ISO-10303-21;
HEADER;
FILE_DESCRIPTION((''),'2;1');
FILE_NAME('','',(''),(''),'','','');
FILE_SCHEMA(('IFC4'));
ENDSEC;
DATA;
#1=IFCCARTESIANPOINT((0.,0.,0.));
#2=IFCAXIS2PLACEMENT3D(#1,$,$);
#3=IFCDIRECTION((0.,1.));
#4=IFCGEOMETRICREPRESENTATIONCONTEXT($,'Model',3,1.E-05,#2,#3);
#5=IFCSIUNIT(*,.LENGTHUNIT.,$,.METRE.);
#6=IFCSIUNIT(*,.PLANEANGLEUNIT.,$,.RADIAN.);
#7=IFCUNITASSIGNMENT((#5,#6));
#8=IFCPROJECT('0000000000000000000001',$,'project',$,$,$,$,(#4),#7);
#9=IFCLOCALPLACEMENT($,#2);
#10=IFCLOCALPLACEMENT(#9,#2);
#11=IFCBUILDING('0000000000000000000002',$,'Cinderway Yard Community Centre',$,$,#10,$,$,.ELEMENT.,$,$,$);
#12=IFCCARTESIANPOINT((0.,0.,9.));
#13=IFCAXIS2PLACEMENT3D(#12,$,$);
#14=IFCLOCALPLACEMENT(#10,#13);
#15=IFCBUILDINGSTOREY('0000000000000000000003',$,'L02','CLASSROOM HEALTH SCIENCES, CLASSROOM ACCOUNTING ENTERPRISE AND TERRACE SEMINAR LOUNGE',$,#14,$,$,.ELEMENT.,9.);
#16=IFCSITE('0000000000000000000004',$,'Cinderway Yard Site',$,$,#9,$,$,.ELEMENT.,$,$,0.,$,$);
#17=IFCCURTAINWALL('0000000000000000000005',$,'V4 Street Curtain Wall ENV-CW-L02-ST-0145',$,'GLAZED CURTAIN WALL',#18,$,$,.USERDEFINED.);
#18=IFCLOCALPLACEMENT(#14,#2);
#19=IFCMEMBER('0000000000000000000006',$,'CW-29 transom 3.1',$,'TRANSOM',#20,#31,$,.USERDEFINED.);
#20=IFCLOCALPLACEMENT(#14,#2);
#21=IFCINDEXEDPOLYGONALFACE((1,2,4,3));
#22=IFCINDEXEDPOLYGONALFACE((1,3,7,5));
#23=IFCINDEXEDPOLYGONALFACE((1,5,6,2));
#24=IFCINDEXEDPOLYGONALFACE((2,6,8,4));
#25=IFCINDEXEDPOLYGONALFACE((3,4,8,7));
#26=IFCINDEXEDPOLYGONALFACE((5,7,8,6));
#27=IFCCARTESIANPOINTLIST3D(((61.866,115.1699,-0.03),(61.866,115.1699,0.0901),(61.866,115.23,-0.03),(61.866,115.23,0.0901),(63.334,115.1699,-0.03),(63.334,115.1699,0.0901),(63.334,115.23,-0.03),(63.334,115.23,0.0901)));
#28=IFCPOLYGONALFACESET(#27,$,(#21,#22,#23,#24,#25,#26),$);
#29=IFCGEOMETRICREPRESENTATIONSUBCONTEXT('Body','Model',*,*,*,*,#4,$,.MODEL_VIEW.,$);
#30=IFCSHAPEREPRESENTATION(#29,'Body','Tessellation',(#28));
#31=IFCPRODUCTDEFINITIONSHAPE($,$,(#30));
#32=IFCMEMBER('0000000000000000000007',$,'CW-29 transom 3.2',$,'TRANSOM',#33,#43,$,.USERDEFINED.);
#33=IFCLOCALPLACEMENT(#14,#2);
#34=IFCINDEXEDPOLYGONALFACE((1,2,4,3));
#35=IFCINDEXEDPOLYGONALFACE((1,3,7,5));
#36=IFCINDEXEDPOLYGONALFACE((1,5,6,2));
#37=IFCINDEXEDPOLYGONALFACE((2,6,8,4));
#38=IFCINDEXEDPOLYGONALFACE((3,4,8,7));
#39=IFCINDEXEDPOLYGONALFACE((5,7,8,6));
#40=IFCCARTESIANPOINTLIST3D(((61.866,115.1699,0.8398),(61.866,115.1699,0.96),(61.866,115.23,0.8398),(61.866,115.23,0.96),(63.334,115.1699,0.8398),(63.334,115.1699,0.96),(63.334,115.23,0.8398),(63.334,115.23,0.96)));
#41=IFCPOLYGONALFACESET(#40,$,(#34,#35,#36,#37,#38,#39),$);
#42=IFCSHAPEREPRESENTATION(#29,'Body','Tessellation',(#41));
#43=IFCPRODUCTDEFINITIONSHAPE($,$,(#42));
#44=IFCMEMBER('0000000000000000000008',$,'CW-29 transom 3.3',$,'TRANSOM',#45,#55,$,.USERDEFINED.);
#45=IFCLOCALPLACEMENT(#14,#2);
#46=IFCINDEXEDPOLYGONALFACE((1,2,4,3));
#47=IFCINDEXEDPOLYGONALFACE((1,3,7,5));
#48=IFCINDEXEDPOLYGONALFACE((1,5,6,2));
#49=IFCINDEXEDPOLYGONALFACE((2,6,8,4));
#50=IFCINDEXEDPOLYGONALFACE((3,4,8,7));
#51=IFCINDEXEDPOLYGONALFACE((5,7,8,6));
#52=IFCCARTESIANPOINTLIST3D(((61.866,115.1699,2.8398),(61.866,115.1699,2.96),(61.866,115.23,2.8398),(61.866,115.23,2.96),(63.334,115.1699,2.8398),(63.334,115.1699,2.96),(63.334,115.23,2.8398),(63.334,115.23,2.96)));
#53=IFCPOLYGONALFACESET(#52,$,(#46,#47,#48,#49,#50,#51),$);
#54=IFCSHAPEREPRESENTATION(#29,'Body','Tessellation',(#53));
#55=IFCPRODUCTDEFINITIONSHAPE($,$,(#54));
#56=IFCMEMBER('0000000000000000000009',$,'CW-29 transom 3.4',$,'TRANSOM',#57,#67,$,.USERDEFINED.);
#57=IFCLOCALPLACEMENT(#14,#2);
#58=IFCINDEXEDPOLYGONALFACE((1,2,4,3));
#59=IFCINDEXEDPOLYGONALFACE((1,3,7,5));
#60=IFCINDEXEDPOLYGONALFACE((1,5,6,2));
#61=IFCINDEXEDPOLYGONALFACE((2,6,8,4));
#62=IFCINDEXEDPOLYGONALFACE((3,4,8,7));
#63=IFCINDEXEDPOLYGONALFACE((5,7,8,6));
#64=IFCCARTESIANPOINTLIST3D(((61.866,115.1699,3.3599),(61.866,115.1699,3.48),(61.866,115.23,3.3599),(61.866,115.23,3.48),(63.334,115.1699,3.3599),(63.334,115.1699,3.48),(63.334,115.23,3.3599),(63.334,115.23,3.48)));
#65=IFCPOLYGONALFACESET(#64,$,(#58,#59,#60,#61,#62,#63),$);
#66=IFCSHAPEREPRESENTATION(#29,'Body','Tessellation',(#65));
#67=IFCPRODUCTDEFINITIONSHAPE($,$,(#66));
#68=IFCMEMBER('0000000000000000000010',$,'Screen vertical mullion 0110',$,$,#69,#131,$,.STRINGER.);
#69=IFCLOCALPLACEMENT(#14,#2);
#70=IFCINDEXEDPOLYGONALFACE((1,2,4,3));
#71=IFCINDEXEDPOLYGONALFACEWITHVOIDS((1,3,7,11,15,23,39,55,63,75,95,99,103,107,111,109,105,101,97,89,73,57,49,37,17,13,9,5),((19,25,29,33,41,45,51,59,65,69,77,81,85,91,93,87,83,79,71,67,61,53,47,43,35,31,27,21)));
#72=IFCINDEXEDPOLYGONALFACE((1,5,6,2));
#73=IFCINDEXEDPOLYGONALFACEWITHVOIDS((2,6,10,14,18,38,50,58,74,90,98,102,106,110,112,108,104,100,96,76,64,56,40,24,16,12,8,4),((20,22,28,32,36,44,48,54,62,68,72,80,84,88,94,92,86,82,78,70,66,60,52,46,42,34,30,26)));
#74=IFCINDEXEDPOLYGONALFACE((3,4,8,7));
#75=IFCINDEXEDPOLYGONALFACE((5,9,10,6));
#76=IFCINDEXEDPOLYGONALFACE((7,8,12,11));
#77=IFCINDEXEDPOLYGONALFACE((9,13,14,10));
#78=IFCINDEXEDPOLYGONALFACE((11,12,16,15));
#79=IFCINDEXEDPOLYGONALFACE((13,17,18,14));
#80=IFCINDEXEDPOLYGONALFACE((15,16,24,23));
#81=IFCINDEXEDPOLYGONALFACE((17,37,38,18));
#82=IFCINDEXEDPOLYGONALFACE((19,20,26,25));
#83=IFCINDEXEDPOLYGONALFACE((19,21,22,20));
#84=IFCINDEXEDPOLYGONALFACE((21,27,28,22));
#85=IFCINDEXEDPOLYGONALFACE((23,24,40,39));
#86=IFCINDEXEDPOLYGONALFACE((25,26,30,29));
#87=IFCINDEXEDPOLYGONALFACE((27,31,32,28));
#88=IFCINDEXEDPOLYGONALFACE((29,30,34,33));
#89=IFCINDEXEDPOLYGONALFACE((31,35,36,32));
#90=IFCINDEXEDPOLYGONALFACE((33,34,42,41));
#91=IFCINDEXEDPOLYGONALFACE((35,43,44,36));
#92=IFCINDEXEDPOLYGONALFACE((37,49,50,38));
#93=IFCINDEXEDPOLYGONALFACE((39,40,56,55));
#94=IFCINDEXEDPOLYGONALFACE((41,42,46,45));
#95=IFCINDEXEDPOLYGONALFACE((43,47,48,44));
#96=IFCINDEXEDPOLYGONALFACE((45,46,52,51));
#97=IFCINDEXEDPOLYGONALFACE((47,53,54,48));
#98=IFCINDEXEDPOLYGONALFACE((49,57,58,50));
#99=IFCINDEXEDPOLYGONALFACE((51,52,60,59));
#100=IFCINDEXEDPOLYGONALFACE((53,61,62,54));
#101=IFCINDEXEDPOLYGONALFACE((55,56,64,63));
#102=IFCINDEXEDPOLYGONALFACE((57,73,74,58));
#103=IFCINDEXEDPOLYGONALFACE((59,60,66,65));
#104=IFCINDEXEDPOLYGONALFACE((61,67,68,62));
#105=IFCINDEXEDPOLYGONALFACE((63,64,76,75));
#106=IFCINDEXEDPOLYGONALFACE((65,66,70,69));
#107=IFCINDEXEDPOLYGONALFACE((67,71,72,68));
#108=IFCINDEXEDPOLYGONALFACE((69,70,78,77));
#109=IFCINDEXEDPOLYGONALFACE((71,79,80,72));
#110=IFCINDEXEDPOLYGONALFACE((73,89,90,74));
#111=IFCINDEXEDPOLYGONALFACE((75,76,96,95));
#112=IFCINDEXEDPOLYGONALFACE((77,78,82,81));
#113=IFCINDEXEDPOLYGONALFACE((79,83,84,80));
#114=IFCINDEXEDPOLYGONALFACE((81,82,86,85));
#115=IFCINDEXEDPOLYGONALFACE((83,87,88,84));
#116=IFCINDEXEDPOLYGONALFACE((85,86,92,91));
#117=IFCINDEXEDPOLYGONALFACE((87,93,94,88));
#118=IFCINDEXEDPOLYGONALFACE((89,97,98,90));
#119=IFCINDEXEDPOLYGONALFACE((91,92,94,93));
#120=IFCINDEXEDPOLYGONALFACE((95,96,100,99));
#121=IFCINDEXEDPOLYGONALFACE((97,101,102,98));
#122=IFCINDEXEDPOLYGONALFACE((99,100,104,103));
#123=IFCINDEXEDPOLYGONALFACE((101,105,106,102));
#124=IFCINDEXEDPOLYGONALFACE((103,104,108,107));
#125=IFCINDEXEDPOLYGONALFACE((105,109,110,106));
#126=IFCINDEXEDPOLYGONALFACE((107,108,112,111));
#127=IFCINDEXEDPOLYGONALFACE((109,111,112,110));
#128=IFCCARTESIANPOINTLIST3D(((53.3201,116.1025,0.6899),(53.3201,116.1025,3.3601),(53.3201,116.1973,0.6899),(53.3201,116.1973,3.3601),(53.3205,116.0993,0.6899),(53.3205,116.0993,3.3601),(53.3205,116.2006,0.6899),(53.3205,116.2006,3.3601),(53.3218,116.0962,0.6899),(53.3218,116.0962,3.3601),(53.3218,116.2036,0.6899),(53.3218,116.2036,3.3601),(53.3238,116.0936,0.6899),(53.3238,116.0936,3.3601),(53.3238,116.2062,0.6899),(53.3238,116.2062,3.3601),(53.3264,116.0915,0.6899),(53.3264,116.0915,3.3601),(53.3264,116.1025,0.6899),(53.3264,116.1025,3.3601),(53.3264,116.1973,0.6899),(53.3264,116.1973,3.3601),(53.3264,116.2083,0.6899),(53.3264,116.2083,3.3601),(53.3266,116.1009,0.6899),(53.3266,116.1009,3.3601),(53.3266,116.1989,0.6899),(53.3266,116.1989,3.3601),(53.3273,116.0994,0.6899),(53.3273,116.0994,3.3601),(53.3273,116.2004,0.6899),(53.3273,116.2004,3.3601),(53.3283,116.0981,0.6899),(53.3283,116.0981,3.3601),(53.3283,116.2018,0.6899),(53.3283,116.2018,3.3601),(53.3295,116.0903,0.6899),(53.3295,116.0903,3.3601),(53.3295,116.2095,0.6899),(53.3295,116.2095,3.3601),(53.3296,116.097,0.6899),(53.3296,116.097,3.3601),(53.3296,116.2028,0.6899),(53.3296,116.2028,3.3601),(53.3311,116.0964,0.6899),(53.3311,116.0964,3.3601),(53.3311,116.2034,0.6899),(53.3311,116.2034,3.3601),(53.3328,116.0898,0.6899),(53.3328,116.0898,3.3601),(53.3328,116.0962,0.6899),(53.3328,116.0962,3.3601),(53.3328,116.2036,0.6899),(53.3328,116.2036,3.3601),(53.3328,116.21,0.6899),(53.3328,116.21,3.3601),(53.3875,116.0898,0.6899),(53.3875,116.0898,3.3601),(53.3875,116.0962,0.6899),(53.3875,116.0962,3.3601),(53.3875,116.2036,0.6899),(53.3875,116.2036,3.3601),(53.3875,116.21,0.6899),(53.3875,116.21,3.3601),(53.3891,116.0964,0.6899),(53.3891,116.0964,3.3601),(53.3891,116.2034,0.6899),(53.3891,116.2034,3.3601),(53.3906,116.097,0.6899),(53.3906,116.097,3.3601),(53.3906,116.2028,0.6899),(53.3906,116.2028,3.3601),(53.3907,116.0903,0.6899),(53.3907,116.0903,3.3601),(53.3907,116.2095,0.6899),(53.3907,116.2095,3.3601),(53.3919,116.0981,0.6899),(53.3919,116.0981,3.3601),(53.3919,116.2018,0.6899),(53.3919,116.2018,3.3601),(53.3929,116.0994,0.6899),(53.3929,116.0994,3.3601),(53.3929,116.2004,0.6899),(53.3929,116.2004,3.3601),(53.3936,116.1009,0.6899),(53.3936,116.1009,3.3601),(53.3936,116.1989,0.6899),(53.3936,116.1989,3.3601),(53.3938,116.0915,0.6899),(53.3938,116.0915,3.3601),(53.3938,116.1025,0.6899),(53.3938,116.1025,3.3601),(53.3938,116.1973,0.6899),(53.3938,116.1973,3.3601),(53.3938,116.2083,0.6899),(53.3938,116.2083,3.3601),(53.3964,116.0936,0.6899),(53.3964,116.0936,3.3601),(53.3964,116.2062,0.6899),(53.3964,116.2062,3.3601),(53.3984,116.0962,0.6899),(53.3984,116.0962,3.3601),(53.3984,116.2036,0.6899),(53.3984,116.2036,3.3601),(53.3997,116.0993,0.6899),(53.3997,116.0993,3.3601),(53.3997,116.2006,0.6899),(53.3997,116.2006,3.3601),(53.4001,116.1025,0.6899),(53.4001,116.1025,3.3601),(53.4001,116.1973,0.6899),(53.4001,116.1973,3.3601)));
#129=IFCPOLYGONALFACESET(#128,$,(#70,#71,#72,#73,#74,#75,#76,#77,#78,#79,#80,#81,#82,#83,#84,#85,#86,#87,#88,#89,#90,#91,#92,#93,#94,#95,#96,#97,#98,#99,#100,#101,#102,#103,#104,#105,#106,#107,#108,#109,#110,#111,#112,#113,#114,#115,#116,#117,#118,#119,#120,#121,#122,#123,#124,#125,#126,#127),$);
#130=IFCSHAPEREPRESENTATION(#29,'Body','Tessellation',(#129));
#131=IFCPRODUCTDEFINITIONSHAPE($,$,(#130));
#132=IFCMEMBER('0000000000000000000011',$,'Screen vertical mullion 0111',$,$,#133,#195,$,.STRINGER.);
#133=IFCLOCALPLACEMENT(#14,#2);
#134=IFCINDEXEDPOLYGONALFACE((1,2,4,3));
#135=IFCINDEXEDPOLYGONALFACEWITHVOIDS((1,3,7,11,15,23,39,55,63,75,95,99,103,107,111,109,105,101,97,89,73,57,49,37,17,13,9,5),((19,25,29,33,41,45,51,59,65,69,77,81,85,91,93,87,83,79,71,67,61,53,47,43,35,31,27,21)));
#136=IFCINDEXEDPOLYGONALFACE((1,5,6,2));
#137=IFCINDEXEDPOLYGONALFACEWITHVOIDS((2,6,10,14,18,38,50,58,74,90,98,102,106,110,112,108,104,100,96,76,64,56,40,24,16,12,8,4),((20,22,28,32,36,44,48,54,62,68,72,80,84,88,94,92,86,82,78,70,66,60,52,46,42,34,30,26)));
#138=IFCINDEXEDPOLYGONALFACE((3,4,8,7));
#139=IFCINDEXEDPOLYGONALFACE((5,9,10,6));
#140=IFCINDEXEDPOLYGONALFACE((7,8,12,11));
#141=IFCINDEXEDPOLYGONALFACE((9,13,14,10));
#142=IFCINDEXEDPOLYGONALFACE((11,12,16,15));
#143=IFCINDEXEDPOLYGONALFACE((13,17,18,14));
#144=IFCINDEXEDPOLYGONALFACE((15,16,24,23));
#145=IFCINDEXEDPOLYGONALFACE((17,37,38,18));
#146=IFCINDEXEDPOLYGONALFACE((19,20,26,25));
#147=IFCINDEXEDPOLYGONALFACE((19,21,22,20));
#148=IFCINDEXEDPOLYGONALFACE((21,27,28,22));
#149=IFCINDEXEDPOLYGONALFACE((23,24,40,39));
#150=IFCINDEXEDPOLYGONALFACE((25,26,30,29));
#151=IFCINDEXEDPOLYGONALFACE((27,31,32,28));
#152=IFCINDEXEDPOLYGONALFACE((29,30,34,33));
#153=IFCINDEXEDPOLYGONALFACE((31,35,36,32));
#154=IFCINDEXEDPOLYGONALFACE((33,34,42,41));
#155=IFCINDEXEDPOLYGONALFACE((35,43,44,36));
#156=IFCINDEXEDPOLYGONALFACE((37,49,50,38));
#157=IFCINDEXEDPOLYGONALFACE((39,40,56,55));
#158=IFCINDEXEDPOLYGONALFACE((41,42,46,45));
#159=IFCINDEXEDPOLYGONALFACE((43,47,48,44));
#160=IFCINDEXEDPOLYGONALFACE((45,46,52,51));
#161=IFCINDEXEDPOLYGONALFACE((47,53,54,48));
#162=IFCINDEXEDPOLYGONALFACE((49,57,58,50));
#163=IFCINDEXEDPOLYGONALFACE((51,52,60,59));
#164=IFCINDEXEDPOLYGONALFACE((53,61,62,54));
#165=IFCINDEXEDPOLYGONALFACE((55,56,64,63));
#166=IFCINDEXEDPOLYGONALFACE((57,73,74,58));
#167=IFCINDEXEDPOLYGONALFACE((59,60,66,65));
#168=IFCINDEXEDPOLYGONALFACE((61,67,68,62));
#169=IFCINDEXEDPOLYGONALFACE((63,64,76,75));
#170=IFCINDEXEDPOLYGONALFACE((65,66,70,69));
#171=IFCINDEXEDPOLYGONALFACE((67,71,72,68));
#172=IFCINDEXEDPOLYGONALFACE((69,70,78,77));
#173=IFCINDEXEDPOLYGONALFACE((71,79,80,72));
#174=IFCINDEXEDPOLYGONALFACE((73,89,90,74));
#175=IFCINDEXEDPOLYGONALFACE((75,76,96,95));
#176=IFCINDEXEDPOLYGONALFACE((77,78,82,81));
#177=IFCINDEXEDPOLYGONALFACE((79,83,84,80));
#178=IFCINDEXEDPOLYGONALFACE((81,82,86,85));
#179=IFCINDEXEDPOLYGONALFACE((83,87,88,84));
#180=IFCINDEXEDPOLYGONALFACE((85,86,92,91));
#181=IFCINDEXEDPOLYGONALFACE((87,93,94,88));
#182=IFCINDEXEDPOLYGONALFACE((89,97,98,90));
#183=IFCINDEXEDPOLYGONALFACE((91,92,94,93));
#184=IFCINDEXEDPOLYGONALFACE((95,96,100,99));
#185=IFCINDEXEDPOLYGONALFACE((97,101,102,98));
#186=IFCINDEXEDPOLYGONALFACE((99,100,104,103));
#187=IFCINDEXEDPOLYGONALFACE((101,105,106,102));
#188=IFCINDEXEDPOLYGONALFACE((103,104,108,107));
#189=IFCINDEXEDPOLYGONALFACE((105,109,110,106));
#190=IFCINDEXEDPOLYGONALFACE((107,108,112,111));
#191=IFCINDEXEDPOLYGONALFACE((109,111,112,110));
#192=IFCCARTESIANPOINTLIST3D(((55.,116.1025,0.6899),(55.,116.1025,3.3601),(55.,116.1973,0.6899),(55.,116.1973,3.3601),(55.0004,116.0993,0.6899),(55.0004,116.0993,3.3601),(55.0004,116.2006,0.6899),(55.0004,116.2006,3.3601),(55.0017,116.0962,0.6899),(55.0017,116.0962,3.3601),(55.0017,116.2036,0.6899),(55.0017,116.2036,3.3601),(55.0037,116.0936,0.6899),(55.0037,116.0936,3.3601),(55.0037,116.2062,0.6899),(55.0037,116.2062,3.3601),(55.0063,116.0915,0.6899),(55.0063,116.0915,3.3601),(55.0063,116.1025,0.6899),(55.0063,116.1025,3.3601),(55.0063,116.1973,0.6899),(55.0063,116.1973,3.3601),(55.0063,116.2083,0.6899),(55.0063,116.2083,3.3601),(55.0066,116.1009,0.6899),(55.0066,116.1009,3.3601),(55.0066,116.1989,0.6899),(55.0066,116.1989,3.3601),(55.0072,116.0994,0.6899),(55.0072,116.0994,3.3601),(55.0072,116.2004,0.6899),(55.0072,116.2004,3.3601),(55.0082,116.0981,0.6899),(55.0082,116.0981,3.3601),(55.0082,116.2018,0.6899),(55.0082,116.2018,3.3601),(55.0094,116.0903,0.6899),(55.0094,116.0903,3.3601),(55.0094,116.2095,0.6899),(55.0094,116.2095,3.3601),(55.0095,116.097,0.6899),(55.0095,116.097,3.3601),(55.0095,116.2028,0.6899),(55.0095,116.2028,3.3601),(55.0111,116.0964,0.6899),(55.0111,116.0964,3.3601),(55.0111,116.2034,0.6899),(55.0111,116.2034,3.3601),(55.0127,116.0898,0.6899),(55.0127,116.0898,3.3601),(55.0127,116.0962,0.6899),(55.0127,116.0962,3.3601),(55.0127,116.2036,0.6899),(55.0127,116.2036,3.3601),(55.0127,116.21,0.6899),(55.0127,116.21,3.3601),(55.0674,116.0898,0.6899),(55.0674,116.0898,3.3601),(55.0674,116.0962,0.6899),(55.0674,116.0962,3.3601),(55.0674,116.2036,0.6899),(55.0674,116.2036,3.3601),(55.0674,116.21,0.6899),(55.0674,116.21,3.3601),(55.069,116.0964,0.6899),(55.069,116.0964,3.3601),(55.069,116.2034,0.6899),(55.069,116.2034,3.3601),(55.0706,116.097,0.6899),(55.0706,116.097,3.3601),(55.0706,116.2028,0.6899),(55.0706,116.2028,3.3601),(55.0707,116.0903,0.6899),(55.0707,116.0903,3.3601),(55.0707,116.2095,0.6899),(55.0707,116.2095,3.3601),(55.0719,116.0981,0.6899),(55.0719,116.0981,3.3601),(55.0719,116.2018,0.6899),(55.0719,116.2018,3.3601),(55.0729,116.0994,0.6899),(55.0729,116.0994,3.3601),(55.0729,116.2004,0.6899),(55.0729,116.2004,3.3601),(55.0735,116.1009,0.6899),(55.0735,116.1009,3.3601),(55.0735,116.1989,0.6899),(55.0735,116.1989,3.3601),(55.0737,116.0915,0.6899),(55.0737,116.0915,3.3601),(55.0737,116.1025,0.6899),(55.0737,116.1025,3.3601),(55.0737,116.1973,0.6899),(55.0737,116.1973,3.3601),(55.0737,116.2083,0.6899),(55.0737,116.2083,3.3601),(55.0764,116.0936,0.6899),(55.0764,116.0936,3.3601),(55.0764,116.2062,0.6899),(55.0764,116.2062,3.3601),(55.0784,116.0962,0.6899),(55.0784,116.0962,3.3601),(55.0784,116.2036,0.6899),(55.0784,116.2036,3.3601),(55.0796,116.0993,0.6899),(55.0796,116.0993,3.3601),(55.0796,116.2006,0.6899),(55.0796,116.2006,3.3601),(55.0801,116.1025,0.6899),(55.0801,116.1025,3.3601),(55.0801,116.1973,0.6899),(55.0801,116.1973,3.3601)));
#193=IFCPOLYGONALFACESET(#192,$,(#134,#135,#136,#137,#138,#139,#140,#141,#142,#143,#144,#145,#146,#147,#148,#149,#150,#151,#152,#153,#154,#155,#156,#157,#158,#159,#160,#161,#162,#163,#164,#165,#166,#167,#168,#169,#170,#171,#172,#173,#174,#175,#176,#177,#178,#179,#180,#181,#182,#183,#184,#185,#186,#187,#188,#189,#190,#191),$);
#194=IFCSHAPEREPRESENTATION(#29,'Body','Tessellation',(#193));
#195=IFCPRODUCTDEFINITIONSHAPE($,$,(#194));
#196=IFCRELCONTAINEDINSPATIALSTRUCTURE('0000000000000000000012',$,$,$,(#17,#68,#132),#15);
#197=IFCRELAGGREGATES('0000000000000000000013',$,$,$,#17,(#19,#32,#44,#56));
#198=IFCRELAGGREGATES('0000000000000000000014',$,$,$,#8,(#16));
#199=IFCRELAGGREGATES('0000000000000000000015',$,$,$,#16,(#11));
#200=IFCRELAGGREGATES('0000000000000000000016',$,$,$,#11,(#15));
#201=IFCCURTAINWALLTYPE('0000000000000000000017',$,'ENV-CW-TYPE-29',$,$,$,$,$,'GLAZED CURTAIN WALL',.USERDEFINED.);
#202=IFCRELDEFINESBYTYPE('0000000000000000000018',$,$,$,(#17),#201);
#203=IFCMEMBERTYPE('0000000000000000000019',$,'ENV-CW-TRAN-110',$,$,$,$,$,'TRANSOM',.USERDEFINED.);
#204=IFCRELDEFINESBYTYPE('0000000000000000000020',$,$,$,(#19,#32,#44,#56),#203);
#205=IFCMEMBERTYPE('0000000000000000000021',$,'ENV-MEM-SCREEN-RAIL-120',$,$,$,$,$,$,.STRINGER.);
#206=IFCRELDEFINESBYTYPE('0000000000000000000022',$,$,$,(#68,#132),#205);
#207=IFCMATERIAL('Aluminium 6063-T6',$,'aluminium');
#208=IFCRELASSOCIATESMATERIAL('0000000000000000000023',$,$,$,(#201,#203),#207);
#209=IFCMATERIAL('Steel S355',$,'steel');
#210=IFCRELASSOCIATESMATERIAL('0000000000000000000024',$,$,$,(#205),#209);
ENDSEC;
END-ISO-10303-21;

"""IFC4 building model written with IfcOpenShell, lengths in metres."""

from ifc_helpers import new_model, si_unit, direction, frame, origin, origin_2d, place, context, subcontext, project, spatial, rectangle, hollow_rectangle, extrude, material, material_profile, profile_set, type_object, element, aggregate, save


model = new_model("IFC4")

# Units and contexts
model_context = context("Model", 3, precision=1e-05, world=origin(), true_north=direction((0.0, 1.0)))
body_context = subcontext(model_context, "Body", "Model", "MODEL_VIEW")
ifc_project = project(units=[si_unit("LENGTHUNIT", "METRE"), si_unit("PLANEANGLEUNIT", "RADIAN")], contexts=[model_context])

# Site, building, storey
site_placement = place(None, origin())
site = spatial("IfcSite", under=ifc_project, at=site_placement, Name="Cinderway Yard Site", CompositionType="ELEMENT", RefElevation=0.0)
building_placement = place(site_placement, origin())
building = spatial("IfcBuilding", under=site, at=building_placement, Name="Cinderway Yard Community Centre", CompositionType="ELEMENT")
storey_placement = place(building_placement, frame((0.0, 0.0, 9.0)))
storey = spatial("IfcBuildingStorey", under=building, at=storey_placement, Name="L02", Description="CLASSROOM HEALTH SCIENCES, CLASSROOM ACCOUNTING ENTERPRISE AND TERRACE SEMINAR LOUNGE", CompositionType="ELEMENT", Elevation=9.0)

# Curtain wall, members
ifc_material_1 = material(Name="Aluminium 6063-T6", Category="aluminium")
curtain_wall_type = type_object("IfcCurtainWallType", Name="ENV-CW-TYPE-29", ElementType="GLAZED CURTAIN WALL", PredefinedType="USERDEFINED", material=ifc_material_1)
curtain_wall_placement = place(storey_placement, origin())
curtain_wall = element("IfcCurtainWall", 1, at=curtain_wall_placement, inside=storey, type_object=curtain_wall_type, Name="V4 Street Curtain Wall ENV-CW-L02-ST-0145", ObjectType="GLAZED CURTAIN WALL", PredefinedType="USERDEFINED")
ifc_material_profile_1 = material_profile(ifc_material_1, rectangle(XDim=0.0601, YDim=0.1201, at=origin_2d()), Name="Aluminium 6063-T6")
ifc_profile_set_1 = profile_set([ifc_material_profile_1], Name="Aluminium 6063-T6")
member_type_1 = type_object("IfcMemberType", Name="ENV-CW-TRAN-110", ElementType="TRANSOM", PredefinedType="USERDEFINED", material=ifc_profile_set_1)
member_1_placement = place(storey_placement, frame((61.866, 115.2, 0.03), z_axis=(1.0, 0.0, 0.0), x_axis=(0.0, 1.0, 0.0)))
member_1 = element("IfcMember", 2, at=member_1_placement, type_object=member_type_1, Name="CW-29 transom 3.1", ObjectType="TRANSOM", PredefinedType="USERDEFINED", context=body_context, shape_type="SweptSolid", body=[
    extrude(rectangle(XDim=0.0601, YDim=0.1201, at=origin_2d()), origin(), (0.0, 0.0, 1.0), 1.468),
])
member_2_placement = place(storey_placement, frame((61.866, 115.2, 0.8999), z_axis=(1.0, 0.0, 0.0), x_axis=(0.0, 1.0, 0.0)))
member_2 = element("IfcMember", 3, at=member_2_placement, type_object=member_type_1, Name="CW-29 transom 3.2", ObjectType="TRANSOM", PredefinedType="USERDEFINED", context=body_context, shape_type="SweptSolid", body=[
    extrude(rectangle(XDim=0.0601, YDim=0.1201, at=origin_2d()), origin(), (0.0, 0.0, 1.0), 1.468),
])
member_3_placement = place(storey_placement, frame((61.866, 115.2, 2.8999), z_axis=(1.0, 0.0, 0.0), x_axis=(0.0, 1.0, 0.0)))
member_3 = element("IfcMember", 4, at=member_3_placement, type_object=member_type_1, Name="CW-29 transom 3.3", ObjectType="TRANSOM", PredefinedType="USERDEFINED", context=body_context, shape_type="SweptSolid", body=[
    extrude(rectangle(XDim=0.0601, YDim=0.1201, at=origin_2d()), origin(), (0.0, 0.0, 1.0), 1.468),
])
member_4_placement = place(storey_placement, frame((61.866, 115.2, 3.4199), z_axis=(1.0, 0.0, 0.0), x_axis=(0.0, 1.0, 0.0)))
member_4 = element("IfcMember", 5, at=member_4_placement, type_object=member_type_1, Name="CW-29 transom 3.4", ObjectType="TRANSOM", PredefinedType="USERDEFINED", context=body_context, shape_type="SweptSolid", body=[
    extrude(rectangle(XDim=0.0601, YDim=0.1201, at=origin_2d()), origin(), (0.0, 0.0, 1.0), 1.468),
])
aggregate(curtain_wall, [member_1, member_2, member_3, member_4])

# Members
ifc_material_2 = material(Name="Steel S355", Category="steel")
ifc_material_profile_2 = material_profile(ifc_material_2, hollow_rectangle(XDim=0.0801, YDim=0.1201, WallThickness=0.0063, InnerFilletRadius=0.0063, OuterFilletRadius=0.0127, at=origin_2d()), Name="Steel S355")
ifc_profile_set_2 = profile_set([ifc_material_profile_2], Name="Steel S355")
member_type_2 = type_object("IfcMemberType", Name="ENV-MEM-SCREEN-RAIL-120", PredefinedType="STRINGER", material=ifc_profile_set_2)
for number, where, z_axis, x_axis, name in (
    (6, (53.3601, 116.1499, 0.6899), (0.0, 0.0, 1.0), (1.0, 0.0, 0.0), "Screen vertical mullion 0110"),
    (7, (55.04, 116.1499, 0.6899), (0.0, 0.0, 1.0), (1.0, 0.0, 0.0), "Screen vertical mullion 0111"),
):
    element("IfcMember", number, at=place(storey_placement, frame(where, z_axis=z_axis, x_axis=x_axis)), inside=storey, type_object=member_type_2, Name=name, PredefinedType="STRINGER", context=body_context, shape_type="SweptSolid", body=[
        extrude(hollow_rectangle(XDim=0.0801, YDim=0.1201, WallThickness=0.0063, InnerFilletRadius=0.0063, OuterFilletRadius=0.0127, at=origin_2d()), origin(), (0.0, 0.0, 1.0), 2.6702),
    ])

save(model, "model.ifc")
